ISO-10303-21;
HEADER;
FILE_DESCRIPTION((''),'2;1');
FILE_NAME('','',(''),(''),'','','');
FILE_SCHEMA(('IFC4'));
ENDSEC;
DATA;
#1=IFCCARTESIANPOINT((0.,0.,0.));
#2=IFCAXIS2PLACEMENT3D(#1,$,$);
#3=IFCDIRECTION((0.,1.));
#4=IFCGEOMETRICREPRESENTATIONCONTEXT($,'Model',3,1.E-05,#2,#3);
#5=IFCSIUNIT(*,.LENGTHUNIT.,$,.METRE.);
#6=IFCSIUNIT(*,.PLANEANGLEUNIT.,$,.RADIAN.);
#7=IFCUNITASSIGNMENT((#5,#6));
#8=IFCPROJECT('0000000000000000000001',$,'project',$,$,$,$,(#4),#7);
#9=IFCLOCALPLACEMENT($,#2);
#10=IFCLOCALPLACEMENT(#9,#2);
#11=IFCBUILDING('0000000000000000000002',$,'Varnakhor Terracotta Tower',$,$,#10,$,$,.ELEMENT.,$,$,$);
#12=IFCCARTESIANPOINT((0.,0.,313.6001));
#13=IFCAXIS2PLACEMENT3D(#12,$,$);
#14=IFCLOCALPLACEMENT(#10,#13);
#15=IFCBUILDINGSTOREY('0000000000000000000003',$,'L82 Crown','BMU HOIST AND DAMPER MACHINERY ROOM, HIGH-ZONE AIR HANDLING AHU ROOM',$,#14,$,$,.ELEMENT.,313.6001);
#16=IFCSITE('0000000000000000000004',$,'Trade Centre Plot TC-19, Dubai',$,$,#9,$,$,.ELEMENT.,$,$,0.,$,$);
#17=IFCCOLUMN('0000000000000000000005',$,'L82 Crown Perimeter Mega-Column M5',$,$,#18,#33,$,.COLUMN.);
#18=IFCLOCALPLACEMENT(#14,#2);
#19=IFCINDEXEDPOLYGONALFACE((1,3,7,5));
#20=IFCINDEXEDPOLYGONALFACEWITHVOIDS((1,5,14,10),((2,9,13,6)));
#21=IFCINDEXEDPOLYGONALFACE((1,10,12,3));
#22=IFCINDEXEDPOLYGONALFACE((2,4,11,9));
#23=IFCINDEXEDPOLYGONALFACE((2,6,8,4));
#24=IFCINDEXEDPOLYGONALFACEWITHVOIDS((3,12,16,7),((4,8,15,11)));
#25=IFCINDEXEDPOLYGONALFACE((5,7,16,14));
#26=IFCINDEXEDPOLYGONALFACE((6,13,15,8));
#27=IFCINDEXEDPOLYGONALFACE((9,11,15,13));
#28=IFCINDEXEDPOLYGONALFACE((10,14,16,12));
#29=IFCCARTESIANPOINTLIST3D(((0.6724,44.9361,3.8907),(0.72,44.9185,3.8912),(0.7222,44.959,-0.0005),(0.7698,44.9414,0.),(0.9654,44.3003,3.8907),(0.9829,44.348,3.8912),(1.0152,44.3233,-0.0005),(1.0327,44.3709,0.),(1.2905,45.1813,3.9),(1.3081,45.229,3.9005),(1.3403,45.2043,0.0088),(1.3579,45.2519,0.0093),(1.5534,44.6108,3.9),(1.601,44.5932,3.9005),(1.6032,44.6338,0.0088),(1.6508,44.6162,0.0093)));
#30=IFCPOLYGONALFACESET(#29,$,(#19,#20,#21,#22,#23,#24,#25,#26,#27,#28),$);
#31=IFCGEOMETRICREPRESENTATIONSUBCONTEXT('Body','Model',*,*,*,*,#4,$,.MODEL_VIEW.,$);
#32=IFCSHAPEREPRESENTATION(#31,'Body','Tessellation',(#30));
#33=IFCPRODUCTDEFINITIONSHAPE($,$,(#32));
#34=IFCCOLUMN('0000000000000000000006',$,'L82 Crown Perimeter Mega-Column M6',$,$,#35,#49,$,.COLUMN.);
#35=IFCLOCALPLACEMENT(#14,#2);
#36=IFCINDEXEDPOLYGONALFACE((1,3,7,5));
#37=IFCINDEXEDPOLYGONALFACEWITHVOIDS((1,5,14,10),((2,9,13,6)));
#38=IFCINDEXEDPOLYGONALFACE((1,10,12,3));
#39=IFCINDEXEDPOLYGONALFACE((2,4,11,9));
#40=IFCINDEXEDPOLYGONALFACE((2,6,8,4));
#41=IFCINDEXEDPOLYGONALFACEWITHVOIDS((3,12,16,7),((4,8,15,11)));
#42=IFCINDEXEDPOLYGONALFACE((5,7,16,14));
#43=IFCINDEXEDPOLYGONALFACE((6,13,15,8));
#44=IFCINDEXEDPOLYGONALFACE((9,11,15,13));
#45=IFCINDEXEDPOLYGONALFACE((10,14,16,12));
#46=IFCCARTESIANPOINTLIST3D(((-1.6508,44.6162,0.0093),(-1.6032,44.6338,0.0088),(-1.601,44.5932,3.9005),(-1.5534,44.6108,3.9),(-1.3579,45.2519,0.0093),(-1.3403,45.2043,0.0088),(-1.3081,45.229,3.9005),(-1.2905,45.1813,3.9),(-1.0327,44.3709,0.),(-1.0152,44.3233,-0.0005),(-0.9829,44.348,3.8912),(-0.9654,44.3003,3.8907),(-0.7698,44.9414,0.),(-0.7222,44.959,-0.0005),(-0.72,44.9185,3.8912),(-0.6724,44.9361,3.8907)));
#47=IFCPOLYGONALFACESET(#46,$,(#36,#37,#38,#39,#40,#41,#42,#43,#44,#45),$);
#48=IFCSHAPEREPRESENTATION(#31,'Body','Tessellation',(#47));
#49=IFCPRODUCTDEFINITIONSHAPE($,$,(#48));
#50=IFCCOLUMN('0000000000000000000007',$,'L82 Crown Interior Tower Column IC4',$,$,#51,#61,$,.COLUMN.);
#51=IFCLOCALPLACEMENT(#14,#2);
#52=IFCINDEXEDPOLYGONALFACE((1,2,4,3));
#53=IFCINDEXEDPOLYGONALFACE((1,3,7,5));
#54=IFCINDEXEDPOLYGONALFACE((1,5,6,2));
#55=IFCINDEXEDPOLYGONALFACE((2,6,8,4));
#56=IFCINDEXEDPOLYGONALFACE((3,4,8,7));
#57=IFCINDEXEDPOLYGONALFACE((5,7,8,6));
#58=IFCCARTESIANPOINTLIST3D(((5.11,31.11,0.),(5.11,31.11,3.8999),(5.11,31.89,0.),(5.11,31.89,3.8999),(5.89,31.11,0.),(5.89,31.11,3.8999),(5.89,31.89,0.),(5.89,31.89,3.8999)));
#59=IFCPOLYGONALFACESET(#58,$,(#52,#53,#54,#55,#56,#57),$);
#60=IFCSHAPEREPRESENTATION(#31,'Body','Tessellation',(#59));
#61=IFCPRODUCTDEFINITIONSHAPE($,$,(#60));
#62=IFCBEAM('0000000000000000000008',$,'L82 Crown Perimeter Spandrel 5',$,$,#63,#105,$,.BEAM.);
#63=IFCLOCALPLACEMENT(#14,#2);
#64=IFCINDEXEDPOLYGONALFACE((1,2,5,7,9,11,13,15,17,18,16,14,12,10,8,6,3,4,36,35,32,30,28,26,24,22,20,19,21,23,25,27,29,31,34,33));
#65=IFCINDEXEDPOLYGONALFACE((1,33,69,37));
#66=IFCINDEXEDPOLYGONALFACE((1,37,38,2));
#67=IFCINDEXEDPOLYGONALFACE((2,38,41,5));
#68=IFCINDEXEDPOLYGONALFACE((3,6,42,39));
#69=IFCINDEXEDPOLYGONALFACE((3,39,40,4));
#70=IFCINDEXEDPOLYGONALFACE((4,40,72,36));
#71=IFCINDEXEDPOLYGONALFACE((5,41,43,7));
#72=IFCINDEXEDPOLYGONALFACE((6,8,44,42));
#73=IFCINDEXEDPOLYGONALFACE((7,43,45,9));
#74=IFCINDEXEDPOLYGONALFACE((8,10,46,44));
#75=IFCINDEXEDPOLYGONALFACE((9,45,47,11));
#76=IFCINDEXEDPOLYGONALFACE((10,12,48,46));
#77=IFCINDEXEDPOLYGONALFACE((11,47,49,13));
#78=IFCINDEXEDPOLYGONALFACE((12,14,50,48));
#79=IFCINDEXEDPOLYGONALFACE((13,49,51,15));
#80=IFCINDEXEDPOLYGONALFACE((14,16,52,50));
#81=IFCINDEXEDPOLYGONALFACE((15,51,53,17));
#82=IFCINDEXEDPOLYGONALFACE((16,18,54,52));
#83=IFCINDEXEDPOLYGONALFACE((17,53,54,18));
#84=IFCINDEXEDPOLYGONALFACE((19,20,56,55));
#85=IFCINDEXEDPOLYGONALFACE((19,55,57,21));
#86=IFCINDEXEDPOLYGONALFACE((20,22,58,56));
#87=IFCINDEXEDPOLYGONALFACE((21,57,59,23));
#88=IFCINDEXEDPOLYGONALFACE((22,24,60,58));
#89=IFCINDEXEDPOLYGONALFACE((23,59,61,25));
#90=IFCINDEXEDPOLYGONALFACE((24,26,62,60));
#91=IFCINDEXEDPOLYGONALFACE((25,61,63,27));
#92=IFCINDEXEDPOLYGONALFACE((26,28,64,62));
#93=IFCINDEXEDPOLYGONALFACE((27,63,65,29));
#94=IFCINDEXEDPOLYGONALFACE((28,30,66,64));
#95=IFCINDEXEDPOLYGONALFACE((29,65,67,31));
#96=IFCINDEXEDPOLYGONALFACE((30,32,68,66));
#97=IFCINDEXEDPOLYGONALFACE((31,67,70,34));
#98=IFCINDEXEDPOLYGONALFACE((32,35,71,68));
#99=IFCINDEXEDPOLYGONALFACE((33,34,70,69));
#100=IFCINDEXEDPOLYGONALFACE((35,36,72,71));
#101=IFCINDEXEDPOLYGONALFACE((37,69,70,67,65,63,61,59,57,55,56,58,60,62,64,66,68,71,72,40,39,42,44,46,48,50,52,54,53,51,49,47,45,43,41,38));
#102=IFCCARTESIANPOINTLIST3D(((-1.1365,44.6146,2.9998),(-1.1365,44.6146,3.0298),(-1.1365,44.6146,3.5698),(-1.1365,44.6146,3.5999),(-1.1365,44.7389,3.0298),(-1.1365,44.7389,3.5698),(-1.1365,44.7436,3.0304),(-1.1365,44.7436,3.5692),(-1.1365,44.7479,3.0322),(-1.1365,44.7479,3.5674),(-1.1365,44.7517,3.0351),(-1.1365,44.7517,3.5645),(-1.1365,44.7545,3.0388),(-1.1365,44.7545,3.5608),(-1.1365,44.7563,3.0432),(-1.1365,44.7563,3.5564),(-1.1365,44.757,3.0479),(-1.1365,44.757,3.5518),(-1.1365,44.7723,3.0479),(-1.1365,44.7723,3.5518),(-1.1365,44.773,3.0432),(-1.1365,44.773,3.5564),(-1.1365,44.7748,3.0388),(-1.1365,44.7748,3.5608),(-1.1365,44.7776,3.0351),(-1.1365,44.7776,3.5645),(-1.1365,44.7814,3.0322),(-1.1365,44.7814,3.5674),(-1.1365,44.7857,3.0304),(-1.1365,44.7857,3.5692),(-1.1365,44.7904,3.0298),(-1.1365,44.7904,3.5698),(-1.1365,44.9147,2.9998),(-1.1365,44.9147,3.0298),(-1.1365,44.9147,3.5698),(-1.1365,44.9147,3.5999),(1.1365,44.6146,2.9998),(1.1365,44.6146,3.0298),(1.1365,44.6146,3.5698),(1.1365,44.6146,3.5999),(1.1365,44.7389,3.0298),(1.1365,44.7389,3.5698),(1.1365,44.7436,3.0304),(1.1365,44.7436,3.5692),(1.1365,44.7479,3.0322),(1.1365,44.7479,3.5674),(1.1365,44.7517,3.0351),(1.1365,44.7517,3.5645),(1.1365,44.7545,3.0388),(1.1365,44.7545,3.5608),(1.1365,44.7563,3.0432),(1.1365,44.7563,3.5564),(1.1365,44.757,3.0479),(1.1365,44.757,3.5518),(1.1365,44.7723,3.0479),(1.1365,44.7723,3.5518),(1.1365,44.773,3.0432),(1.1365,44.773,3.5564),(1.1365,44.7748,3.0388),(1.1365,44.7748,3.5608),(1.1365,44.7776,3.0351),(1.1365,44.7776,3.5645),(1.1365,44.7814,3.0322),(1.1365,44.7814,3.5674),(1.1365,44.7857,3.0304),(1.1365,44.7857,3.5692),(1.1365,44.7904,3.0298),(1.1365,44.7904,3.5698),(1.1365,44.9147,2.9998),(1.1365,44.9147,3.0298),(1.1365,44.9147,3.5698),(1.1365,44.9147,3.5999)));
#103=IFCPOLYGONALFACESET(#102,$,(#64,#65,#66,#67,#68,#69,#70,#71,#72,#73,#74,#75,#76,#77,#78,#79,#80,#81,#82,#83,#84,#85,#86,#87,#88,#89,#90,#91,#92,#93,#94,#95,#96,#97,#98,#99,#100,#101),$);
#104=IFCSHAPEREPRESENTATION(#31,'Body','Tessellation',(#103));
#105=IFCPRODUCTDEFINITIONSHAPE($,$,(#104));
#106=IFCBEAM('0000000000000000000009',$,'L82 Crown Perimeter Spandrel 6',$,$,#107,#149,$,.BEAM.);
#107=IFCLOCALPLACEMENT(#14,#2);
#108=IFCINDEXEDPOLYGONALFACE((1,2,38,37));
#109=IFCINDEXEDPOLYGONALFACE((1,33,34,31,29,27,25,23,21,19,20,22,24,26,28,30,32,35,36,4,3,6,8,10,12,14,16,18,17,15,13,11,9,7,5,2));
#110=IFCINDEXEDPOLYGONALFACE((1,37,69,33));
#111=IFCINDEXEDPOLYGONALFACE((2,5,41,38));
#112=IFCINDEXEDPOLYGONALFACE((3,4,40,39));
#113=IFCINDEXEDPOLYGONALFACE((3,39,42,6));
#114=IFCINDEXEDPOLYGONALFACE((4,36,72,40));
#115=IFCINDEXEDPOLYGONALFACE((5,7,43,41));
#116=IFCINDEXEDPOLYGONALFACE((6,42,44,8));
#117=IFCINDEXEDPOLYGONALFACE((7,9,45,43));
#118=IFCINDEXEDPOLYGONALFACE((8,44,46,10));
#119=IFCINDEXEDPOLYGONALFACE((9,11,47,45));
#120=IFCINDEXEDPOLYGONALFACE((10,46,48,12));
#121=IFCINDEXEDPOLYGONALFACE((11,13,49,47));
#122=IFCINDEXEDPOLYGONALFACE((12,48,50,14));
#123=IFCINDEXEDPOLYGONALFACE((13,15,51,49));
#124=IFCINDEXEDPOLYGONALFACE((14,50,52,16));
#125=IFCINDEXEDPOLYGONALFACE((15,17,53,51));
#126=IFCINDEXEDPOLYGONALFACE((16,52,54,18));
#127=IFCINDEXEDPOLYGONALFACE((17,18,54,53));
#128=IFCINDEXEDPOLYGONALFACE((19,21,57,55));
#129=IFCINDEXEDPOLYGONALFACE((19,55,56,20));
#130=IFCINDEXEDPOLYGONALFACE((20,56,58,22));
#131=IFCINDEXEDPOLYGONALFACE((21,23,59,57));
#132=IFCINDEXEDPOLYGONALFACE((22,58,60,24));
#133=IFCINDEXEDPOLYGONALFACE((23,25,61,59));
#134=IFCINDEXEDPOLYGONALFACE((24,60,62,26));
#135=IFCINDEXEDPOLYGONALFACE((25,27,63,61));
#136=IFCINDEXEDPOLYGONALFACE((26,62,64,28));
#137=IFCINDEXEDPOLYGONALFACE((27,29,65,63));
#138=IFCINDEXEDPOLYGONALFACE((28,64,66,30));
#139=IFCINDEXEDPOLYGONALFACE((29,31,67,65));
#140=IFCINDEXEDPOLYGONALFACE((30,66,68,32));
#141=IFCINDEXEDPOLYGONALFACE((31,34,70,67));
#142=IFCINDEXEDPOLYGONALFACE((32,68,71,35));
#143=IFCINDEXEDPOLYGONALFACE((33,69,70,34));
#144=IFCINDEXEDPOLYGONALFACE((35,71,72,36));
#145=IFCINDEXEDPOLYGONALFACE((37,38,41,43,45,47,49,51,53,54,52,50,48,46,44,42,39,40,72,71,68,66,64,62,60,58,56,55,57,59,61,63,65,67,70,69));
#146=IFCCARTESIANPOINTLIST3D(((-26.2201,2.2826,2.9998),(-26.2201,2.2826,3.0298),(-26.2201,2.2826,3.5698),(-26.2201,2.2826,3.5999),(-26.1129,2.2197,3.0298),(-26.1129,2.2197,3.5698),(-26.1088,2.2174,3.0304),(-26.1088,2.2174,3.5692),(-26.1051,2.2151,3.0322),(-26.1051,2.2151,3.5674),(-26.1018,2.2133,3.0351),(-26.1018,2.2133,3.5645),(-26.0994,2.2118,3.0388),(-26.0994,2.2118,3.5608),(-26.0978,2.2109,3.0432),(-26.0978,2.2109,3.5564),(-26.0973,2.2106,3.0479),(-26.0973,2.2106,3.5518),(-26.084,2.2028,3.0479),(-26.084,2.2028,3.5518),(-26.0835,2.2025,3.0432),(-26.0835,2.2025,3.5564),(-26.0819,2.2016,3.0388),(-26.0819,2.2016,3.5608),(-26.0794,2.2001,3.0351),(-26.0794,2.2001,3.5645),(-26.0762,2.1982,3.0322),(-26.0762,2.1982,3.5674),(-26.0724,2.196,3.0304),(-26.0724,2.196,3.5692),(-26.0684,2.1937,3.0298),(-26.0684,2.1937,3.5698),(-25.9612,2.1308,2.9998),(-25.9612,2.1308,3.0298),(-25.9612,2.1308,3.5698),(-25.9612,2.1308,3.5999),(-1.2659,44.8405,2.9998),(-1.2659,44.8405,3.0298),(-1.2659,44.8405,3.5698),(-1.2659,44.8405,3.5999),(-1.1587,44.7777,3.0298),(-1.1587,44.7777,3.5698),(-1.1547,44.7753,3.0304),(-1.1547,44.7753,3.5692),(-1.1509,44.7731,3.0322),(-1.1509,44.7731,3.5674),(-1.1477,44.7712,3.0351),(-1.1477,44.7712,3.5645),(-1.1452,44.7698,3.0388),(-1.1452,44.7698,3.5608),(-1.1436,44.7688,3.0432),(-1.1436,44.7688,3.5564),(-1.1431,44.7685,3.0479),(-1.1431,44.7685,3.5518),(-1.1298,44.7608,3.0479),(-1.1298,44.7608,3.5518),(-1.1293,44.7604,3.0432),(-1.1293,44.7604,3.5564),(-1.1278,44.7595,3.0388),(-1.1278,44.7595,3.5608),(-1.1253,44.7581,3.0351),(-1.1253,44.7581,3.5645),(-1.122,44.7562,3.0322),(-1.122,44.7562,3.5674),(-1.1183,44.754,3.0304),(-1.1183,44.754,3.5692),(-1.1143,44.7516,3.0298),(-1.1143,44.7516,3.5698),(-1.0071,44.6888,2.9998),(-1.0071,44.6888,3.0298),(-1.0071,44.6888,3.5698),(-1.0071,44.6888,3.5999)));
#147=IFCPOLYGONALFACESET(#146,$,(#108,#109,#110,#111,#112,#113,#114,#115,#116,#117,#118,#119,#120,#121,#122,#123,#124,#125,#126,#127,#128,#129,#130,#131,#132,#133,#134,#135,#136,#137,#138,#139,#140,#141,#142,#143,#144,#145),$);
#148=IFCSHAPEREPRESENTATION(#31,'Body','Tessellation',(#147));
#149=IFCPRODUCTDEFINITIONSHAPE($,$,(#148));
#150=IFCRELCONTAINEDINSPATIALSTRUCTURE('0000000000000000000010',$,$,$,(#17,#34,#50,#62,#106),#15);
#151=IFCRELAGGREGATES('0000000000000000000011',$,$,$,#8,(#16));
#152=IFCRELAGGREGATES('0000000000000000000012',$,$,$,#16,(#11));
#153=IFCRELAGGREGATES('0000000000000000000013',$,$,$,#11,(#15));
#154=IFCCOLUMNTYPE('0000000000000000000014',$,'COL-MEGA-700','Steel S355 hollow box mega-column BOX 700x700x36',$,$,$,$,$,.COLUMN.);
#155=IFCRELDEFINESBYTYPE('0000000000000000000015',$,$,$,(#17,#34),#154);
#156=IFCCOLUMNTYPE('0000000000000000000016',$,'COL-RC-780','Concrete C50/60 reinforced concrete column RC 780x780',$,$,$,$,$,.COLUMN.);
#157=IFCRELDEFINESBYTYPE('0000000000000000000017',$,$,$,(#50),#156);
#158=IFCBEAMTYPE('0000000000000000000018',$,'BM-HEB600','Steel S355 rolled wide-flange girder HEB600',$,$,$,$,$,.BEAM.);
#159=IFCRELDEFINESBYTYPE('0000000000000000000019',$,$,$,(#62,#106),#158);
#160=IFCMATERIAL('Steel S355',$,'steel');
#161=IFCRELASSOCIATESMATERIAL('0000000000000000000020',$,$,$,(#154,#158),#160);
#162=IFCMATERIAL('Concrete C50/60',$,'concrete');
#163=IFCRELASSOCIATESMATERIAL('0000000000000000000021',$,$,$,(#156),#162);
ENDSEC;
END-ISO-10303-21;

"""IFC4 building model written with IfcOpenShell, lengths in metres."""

from ifc_helpers import new_model, si_unit, direction, frame, origin, origin_2d, place, context, subcontext, project, spatial, rectangle, hollow_rectangle, i_section, extrude, source, transform, mapped, material, material_profile, profile_set, type_object, element, save


model = new_model("IFC4")

# Units and contexts
model_context = context("Model", 3, precision=1e-05, world=origin(), true_north=direction((0.0, 1.0)))
body_context = subcontext(model_context, "Body", "Model", "MODEL_VIEW")
ifc_project = project(units=[si_unit("LENGTHUNIT", "METRE"), si_unit("PLANEANGLEUNIT", "RADIAN")], contexts=[model_context])

# Site, building, storey
site_placement = place(None, origin())
site = spatial("IfcSite", under=ifc_project, at=site_placement, Name="Trade Centre Plot TC-19, Dubai", CompositionType="ELEMENT", RefElevation=0.0)
building_placement = place(site_placement, origin())
building = spatial("IfcBuilding", under=site, at=building_placement, Name="Varnakhor Terracotta Tower", CompositionType="ELEMENT")
storey_placement = place(building_placement, frame((0.0, 0.0, 313.6001)))
storey = spatial("IfcBuildingStorey", under=building, at=storey_placement, Name="L82 Crown", Description="BMU HOIST AND DAMPER MACHINERY ROOM, HIGH-ZONE AIR HANDLING AHU ROOM", CompositionType="ELEMENT", Elevation=313.6001)

# Columns
ifc_material_1 = material(Name="Steel S355", Category="steel")
ifc_material_profile_1 = material_profile(ifc_material_1, hollow_rectangle(XDim=0.7, YDim=0.7, WallThickness=0.0359, at=origin_2d()), Name="BOX 700x700x36")
ifc_profile_set_1 = profile_set([ifc_material_profile_1], Name="Steel S355")
column_type_1 = type_object("IfcColumnType", Name="COL-MEGA-700", Description="Steel S355 hollow box mega-column BOX 700x700x36", PredefinedType="COLUMN", material=ifc_profile_set_1)
shared_shape_1 = source(origin(), body_context, "Body", "SweptSolid", [
    extrude(hollow_rectangle(XDim=0.7, YDim=0.7, WallThickness=0.0359, at=origin_2d()), origin(), (0.0, 0.0, 1.0), 3.8916),
])
for number, where, z_axis, x_axis, name in (
    (1, (1.1865, 44.7876, 0.0044), (-0.012798, -0.005897, 0.999901), (0.418493, -0.90822, 0.0), "L82 Crown Perimeter Mega-Column M5"),
    (2, (-1.1865, 44.7876, 0.0044), (0.012798, -0.005897, 0.999901), (0.418493, 0.90822, 0.0), "L82 Crown Perimeter Mega-Column M6"),
):
    element("IfcColumn", number, at=place(storey_placement, frame(where, z_axis=z_axis, x_axis=x_axis)), inside=storey, type_object=column_type_1, Name=name, PredefinedType="COLUMN", context=body_context, shape_type="MappedRepresentation", body=[
        mapped(shared_shape_1, transform((0.0, 0.0, 0.0), scale=1.0)),
    ])
ifc_material_2 = material(Name="Concrete C50/60", Category="concrete")
ifc_material_profile_2 = material_profile(ifc_material_2, rectangle(XDim=0.78, YDim=0.78, at=origin_2d()), Name="RC 780x780")
ifc_profile_set_2 = profile_set([ifc_material_profile_2], Name="Concrete C50/60")
column_type_2 = type_object("IfcColumnType", Name="COL-RC-780", Description="Concrete C50/60 reinforced concrete column RC 780x780", PredefinedType="COLUMN", material=ifc_profile_set_2)
shared_shape_2 = source(origin(), body_context, "Body", "SweptSolid", [
    extrude(rectangle(XDim=0.78, YDim=0.78, at=origin_2d()), origin(), (0.0, 0.0, 1.0), 3.8999),
])
column_placement = place(storey_placement, frame((5.5, 31.5, 0.0), z_axis=(0.0, 0.0, 1.0), x_axis=(1.0, 0.0, 0.0)))
element("IfcColumn", 3, at=column_placement, inside=storey, type_object=column_type_2, Name="L82 Crown Interior Tower Column IC4", PredefinedType="COLUMN", context=body_context, shape_type="MappedRepresentation", body=[
    mapped(shared_shape_2, transform((0.0, 0.0, 0.0), scale=1.0)),
])

# Beams
ifc_material_profile_3 = material_profile(ifc_material_1, i_section(OverallWidth=0.3, OverallDepth=0.6001, WebThickness=0.0154, FlangeThickness=0.03, FilletRadius=0.0181, at=origin_2d()), Name="HEB600")
ifc_profile_set_3 = profile_set([ifc_material_profile_3], Name="Steel S355")
beam_type_1 = type_object("IfcBeamType", Name="BM-HEB600", Description="Steel S355 rolled wide-flange girder HEB600", PredefinedType="BEAM", material=ifc_profile_set_3)
shared_shape_3 = source(origin(), body_context, "Body", "SweptSolid", [
    extrude(i_section(OverallWidth=0.3, OverallDepth=0.6001, WebThickness=0.0154, FlangeThickness=0.03, FilletRadius=0.0181, at=origin_2d()), origin(), (0.0, 0.0, 1.0), 2.2729),
])
beam_1_placement = place(storey_placement, frame((1.1365, 44.7646, 3.2998), z_axis=(-1.0, 0.0, 0.0), x_axis=(0.0, -1.0, 0.0)))
element("IfcBeam", 4, at=beam_1_placement, inside=storey, type_object=beam_type_1, Name="L82 Crown Perimeter Spandrel 5", PredefinedType="BEAM", context=body_context, shape_type="MappedRepresentation", body=[
    mapped(shared_shape_3, transform((0.0, 0.0, 0.0), scale=1.0)),
])
shared_shape_4 = source(origin(), body_context, "Body", "SweptSolid", [
    extrude(i_section(OverallWidth=0.3, OverallDepth=0.6001, WebThickness=0.0154, FlangeThickness=0.03, FilletRadius=0.0181, at=origin_2d()), origin(), (0.0, 0.0, 1.0), 49.3345),
])
beam_2_placement = place(storey_placement, frame((-1.1365, 44.7646, 3.2998), z_axis=(-0.505816, -0.862641, 0.0), x_axis=(0.862641, -0.505816, 0.0)))
element("IfcBeam", 5, at=beam_2_placement, inside=storey, type_object=beam_type_1, Name="L82 Crown Perimeter Spandrel 6", PredefinedType="BEAM", context=body_context, shape_type="MappedRepresentation", body=[
    mapped(shared_shape_4, transform((0.0, 0.0, 0.0), scale=1.0)),
])

save(model, "model.ifc")
